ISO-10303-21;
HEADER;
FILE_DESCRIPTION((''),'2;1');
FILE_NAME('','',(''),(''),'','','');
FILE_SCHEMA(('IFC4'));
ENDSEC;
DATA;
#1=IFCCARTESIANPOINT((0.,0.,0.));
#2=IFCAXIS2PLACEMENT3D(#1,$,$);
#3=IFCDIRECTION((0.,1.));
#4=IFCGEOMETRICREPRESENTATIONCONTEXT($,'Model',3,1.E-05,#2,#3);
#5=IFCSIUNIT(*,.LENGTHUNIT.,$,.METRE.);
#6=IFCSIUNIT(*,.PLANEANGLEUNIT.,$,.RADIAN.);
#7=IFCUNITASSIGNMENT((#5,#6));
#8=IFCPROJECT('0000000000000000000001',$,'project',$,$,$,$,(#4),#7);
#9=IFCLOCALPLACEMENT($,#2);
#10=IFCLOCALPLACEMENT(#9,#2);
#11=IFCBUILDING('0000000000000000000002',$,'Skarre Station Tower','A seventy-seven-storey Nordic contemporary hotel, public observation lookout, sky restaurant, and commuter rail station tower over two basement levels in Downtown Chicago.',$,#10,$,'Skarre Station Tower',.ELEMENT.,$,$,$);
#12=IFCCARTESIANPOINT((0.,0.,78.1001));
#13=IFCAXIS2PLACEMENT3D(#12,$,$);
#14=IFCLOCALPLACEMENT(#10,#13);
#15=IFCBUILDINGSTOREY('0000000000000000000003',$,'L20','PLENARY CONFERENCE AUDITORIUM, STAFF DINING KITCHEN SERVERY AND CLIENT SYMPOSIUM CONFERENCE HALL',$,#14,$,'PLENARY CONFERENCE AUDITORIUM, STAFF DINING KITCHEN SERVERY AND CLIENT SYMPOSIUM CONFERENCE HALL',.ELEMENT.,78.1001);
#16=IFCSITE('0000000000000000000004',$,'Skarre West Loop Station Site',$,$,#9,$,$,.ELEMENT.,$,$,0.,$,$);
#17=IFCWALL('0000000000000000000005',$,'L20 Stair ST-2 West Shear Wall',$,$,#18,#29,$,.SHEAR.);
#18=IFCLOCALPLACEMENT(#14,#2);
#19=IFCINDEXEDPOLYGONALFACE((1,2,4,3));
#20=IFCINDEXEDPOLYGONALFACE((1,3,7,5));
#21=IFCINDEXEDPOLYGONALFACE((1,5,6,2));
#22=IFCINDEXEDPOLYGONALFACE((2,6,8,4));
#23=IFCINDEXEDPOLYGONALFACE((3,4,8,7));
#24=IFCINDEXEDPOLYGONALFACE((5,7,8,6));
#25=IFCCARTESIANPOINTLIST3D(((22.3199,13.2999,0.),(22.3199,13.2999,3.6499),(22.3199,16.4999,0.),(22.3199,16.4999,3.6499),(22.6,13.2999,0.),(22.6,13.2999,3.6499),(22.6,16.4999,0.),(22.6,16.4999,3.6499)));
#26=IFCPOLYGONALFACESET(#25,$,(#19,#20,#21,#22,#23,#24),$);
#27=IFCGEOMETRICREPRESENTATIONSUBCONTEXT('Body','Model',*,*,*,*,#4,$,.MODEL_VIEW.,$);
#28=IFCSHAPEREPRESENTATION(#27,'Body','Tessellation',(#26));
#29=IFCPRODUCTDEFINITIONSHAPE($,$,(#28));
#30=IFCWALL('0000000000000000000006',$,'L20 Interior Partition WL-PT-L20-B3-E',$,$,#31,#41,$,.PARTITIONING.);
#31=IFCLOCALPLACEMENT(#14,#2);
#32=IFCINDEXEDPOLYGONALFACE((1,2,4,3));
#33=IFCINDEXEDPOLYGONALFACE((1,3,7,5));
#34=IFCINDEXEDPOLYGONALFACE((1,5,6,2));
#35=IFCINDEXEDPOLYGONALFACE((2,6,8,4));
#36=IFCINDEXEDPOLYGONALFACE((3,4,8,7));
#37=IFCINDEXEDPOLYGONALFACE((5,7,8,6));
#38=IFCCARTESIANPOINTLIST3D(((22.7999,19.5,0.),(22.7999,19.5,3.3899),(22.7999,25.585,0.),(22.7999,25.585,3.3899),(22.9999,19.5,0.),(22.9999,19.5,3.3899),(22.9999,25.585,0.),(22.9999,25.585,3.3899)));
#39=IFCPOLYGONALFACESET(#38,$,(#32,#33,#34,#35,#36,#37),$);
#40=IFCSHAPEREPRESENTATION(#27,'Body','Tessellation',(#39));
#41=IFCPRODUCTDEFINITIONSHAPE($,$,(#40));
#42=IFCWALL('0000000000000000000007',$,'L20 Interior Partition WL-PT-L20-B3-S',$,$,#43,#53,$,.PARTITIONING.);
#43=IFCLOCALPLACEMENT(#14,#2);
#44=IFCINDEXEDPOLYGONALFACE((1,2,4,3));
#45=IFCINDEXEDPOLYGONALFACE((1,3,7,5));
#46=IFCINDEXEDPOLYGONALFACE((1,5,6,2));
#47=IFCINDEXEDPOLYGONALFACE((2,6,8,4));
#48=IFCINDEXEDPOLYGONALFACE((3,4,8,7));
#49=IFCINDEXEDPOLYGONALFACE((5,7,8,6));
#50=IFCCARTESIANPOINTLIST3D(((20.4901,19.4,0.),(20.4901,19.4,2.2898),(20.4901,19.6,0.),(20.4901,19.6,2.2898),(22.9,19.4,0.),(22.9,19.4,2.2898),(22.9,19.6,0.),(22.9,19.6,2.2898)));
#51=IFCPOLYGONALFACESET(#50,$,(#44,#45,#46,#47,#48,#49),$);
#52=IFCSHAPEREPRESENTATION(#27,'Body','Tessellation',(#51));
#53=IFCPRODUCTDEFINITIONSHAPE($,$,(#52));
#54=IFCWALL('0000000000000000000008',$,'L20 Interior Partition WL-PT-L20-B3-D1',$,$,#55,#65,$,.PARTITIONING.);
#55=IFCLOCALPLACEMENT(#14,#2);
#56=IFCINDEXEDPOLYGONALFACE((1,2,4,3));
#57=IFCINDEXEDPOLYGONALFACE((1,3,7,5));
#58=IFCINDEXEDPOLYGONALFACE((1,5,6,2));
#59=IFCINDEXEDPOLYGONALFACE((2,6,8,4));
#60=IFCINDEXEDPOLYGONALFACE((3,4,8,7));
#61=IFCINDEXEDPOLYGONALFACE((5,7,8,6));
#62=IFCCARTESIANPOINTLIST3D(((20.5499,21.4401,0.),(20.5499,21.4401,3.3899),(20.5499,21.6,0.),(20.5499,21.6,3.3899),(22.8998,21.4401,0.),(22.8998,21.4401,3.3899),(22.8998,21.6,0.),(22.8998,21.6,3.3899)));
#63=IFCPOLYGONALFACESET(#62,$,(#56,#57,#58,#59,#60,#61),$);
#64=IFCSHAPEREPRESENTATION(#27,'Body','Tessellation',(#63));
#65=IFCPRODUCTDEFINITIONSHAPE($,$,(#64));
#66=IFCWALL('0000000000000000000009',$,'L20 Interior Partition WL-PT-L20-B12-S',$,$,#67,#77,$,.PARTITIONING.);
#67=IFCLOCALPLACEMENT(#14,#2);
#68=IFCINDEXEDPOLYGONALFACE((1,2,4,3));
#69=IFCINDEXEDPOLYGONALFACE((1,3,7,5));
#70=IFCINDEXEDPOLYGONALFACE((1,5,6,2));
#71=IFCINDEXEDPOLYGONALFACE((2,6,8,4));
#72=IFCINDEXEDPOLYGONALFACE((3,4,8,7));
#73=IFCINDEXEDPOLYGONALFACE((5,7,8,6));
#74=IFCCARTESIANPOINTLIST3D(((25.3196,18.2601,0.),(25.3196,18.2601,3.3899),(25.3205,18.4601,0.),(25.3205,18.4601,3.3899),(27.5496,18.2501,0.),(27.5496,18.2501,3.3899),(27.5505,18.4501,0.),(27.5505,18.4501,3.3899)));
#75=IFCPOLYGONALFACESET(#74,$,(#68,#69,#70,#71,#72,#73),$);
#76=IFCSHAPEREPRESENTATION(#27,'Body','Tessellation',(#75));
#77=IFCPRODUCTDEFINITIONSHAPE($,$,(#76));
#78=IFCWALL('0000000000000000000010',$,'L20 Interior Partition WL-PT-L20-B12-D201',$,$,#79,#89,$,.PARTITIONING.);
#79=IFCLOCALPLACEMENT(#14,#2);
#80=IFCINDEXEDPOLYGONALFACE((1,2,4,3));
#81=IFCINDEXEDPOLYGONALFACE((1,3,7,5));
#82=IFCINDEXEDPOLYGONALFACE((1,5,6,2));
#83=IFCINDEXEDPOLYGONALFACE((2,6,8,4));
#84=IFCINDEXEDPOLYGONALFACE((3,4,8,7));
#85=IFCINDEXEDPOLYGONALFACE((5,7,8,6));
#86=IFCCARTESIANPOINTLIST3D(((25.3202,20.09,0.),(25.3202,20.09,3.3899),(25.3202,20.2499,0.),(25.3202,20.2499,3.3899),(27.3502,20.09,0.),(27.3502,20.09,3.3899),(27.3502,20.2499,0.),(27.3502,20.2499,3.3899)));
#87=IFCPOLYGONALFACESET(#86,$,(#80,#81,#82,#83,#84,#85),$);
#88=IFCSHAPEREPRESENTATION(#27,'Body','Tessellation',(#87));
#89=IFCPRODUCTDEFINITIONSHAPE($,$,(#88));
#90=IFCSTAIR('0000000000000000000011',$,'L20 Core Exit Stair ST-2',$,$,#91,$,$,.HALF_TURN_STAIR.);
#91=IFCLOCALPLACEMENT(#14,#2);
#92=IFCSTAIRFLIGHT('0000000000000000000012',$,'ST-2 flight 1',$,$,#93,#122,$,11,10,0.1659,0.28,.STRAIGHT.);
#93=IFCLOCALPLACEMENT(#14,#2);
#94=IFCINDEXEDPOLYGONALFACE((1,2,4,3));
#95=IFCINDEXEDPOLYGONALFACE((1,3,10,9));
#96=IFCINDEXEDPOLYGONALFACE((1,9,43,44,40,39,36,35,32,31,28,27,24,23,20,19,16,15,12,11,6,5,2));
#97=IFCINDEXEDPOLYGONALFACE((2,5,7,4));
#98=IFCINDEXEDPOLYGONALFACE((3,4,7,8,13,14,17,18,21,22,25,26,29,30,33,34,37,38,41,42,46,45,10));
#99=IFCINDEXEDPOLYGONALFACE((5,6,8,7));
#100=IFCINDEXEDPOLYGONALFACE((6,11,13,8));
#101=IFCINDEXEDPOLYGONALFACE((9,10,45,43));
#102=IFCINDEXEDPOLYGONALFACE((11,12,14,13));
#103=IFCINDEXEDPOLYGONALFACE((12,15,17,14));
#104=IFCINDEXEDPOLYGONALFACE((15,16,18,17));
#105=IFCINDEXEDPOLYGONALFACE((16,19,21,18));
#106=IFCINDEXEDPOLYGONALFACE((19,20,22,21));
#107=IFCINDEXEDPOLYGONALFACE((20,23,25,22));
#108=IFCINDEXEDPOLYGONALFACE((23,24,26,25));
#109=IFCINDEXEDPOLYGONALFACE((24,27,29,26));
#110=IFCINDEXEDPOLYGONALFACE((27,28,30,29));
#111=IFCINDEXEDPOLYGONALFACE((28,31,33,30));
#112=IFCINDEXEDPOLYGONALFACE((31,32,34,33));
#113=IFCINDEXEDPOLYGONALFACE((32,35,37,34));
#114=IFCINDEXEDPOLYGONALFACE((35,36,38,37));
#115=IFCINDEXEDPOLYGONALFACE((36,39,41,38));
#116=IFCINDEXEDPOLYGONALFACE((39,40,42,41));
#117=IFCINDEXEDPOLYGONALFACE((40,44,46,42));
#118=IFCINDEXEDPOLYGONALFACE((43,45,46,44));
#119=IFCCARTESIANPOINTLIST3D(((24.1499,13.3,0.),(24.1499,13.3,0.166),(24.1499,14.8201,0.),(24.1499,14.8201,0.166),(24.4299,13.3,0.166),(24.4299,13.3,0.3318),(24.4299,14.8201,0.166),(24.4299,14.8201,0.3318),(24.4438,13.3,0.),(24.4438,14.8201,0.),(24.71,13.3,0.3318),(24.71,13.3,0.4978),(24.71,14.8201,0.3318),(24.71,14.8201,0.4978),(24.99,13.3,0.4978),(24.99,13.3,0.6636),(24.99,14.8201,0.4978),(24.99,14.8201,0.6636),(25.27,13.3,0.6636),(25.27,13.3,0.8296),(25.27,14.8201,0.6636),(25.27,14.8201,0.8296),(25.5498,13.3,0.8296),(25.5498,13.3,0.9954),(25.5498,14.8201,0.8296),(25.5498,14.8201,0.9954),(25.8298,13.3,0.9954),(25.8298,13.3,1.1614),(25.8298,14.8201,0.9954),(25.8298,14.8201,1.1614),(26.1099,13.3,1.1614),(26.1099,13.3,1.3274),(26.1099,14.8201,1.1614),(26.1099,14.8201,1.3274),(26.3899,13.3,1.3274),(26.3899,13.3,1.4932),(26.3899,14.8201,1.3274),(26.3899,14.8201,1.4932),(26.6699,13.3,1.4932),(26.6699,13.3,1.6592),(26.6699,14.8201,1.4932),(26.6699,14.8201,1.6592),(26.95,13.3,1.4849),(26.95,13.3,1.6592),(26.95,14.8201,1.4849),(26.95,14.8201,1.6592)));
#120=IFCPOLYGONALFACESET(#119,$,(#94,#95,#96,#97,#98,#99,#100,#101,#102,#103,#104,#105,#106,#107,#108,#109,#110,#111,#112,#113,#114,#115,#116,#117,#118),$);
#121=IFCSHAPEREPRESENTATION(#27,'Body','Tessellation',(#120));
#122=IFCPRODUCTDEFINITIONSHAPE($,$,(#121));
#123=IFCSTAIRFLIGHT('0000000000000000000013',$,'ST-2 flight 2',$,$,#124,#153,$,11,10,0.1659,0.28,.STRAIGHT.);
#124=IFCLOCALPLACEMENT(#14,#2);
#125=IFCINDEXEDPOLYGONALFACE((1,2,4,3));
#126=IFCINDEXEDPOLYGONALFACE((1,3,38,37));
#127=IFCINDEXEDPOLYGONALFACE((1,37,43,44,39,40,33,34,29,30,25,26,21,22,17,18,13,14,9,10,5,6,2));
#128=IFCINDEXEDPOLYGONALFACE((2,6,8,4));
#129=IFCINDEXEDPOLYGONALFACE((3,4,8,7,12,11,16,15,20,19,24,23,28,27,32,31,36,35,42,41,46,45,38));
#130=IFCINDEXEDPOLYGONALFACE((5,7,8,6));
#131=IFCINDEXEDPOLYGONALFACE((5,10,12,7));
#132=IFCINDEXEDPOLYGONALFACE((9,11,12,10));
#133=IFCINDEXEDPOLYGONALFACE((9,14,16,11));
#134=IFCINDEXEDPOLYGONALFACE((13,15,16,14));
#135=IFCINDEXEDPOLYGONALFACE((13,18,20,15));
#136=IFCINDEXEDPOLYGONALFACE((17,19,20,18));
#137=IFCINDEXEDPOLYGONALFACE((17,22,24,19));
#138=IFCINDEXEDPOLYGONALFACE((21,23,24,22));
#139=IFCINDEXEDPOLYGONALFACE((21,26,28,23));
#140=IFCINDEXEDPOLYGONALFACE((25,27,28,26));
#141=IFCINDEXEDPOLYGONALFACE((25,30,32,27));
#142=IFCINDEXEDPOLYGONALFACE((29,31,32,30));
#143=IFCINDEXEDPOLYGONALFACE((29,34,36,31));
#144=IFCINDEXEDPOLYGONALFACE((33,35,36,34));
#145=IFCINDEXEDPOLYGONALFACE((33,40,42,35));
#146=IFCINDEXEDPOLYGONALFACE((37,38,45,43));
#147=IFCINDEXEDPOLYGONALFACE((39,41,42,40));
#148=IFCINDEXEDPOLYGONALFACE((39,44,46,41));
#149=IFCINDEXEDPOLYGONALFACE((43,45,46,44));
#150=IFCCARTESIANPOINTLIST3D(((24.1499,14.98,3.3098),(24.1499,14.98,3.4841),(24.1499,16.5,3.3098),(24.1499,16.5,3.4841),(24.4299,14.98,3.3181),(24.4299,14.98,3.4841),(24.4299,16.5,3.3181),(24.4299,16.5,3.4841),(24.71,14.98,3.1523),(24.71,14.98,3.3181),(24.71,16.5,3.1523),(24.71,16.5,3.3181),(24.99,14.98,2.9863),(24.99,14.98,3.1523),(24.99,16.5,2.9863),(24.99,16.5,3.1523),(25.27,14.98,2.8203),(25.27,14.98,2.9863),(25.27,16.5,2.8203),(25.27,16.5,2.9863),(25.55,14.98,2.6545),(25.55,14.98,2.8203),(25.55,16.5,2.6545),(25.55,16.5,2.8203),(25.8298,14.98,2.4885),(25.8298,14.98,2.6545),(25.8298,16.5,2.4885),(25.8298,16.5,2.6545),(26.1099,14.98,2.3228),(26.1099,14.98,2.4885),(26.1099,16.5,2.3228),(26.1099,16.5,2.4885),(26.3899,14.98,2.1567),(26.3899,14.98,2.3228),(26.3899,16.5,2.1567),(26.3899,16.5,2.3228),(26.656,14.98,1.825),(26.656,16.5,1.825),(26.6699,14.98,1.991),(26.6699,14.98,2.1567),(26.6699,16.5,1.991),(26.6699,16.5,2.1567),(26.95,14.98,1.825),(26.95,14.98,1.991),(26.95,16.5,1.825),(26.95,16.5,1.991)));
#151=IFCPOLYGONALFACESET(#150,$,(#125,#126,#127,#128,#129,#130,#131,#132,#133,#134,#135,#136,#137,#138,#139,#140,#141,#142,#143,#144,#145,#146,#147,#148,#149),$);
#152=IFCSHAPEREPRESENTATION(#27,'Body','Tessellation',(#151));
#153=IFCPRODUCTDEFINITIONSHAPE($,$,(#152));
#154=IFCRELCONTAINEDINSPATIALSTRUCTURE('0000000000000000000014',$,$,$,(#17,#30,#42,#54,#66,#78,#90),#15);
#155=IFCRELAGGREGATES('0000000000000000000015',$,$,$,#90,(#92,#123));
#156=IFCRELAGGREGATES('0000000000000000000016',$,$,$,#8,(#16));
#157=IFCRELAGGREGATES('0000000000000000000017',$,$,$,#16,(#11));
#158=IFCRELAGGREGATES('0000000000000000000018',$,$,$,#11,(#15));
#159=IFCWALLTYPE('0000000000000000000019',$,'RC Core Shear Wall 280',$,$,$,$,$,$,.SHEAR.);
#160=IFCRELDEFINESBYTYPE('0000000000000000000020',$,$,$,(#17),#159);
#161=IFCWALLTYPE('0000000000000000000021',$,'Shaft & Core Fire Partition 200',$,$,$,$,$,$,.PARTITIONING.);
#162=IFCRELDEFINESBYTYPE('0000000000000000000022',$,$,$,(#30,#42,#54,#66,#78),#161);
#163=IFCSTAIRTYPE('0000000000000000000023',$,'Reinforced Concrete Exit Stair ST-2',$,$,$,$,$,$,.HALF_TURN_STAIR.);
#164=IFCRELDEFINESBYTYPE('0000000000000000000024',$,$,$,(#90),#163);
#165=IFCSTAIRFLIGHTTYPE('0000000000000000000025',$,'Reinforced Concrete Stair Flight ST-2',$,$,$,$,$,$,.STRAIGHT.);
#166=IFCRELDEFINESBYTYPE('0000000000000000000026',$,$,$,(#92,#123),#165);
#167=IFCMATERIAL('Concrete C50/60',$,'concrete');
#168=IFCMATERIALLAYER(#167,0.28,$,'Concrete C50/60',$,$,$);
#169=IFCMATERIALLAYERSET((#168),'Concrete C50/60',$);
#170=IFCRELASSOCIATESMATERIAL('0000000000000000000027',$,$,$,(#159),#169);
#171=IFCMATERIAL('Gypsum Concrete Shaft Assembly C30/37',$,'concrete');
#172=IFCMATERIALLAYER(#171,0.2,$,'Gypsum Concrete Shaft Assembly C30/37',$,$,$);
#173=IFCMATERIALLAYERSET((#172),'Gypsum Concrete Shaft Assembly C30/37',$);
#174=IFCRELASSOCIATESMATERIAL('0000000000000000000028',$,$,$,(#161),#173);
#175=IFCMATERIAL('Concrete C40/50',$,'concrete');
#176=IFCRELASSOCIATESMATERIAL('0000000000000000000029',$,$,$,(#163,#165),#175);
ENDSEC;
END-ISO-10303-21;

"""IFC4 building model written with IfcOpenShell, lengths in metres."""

from ifc_helpers import new_model, si_unit, direction, frame, frame_2d, origin, place, context, subcontext, project, spatial, polyline, rectangle, outline, extrude, material, layer, layer_set, type_object, element, aggregate, save


model = new_model("IFC4")

# Units and contexts
model_context = context("Model", 3, precision=1e-05, world=origin(), true_north=direction((0.0, 1.0)))
body_context = subcontext(model_context, "Body", "Model", "MODEL_VIEW")
ifc_project = project(units=[si_unit("LENGTHUNIT", "METRE"), si_unit("PLANEANGLEUNIT", "RADIAN")], contexts=[model_context])

# Site, building, storey
site_placement = place(None, origin())
site = spatial("IfcSite", under=ifc_project, at=site_placement, Name="Skarre West Loop Station Site", CompositionType="ELEMENT", RefElevation=0.0)
building_placement = place(site_placement, origin())
building = spatial("IfcBuilding", under=site, at=building_placement, Name="Skarre Station Tower", Description="A seventy-seven-storey Nordic contemporary hotel, public observation lookout, sky restaurant, and commuter rail station tower over two basement levels in Downtown Chicago.", LongName="Skarre Station Tower", CompositionType="ELEMENT")
storey_placement = place(building_placement, frame((0.0, 0.0, 78.1001)))
storey = spatial("IfcBuildingStorey", under=building, at=storey_placement, Name="L20", Description="PLENARY CONFERENCE AUDITORIUM, STAFF DINING KITCHEN SERVERY AND CLIENT SYMPOSIUM CONFERENCE HALL", LongName="PLENARY CONFERENCE AUDITORIUM, STAFF DINING KITCHEN SERVERY AND CLIENT SYMPOSIUM CONFERENCE HALL", CompositionType="ELEMENT", Elevation=78.1001)

# Shared definitions
ifc_material_1 = material(Name="Concrete C50/60", Category="concrete")
ifc_layer_1 = layer(ifc_material_1, 0.28, Name="Concrete C50/60")
ifc_layer_set_1 = layer_set([ifc_layer_1], Name="Concrete C50/60")
wall_type_1 = type_object("IfcWallType", Name="RC Core Shear Wall 280", PredefinedType="SHEAR", material=ifc_layer_set_1)

# Walls
wall_1_placement = place(storey_placement, frame((22.46, 16.5, 0.0), z_axis=(0.0, 0.0, 1.0), x_axis=(0.0, -1.0, 0.0)))
element("IfcWall", 1, at=wall_1_placement, inside=storey, type_object=wall_type_1, Name="L20 Stair ST-2 West Shear Wall", PredefinedType="SHEAR", context=body_context, shape_type="SweptSolid", body=[
    extrude(rectangle(XDim=3.2, YDim=0.28, at=frame_2d((1.6001, 0.0))), origin(), (0.0, 0.0, 1.0), 3.6499),
])
ifc_material_2 = material(Name="Gypsum Concrete Shaft Assembly C30/37", Category="concrete")
ifc_layer_2 = layer(ifc_material_2, 0.2, Name="Gypsum Concrete Shaft Assembly C30/37")
ifc_layer_set_2 = layer_set([ifc_layer_2], Name="Gypsum Concrete Shaft Assembly C30/37")
wall_type_2 = type_object("IfcWallType", Name="Shaft & Core Fire Partition 200", PredefinedType="PARTITIONING", material=ifc_layer_set_2)
wall_2_placement = place(storey_placement, frame((22.8999, 19.5, 0.0), z_axis=(0.0, 0.0, 1.0), x_axis=(0.0, 1.0, 0.0)))
element("IfcWall", 2, at=wall_2_placement, inside=storey, type_object=wall_type_2, Name="L20 Interior Partition WL-PT-L20-B3-E", PredefinedType="PARTITIONING", context=body_context, shape_type="SweptSolid", body=[
    extrude(rectangle(XDim=6.085, YDim=0.2, at=frame_2d((3.0425, 0.0))), origin(), (0.0, 0.0, 1.0), 3.3899),
])
wall_3_placement = place(storey_placement, frame((20.49, 19.5, 0.0), z_axis=(0.0, 0.0, 1.0), x_axis=(1.0, 0.0, 0.0)))
element("IfcWall", 3, at=wall_3_placement, inside=storey, type_object=wall_type_2, Name="L20 Interior Partition WL-PT-L20-B3-S", PredefinedType="PARTITIONING", context=body_context, shape_type="SweptSolid", body=[
    extrude(rectangle(XDim=2.4099, YDim=0.2, at=frame_2d((1.2051, 0.0))), origin(), (0.0, 0.0, 1.0), 2.2898),
])
wall_4_placement = place(storey_placement, frame((20.55, 21.52, 0.0), z_axis=(0.0, 0.0, 1.0), x_axis=(1.0, 0.0, 0.0)))
element("IfcWall", 4, at=wall_4_placement, inside=storey, type_object=wall_type_2, Name="L20 Interior Partition WL-PT-L20-B3-D1", PredefinedType="PARTITIONING", context=body_context, shape_type="SweptSolid", body=[
    extrude(rectangle(XDim=2.3499, YDim=0.1599, at=frame_2d((1.1748, 0.0))), origin(), (0.0, 0.0, 1.0), 3.3899),
])
wall_5_placement = place(storey_placement, frame((25.3201, 18.3601, 0.0), z_axis=(0.0, 0.0, 1.0), x_axis=(0.99999, -0.004489, 0.0)))
element("IfcWall", 5, at=wall_5_placement, inside=storey, type_object=wall_type_2, Name="L20 Interior Partition WL-PT-L20-B12-S", PredefinedType="PARTITIONING", context=body_context, shape_type="SweptSolid", body=[
    extrude(rectangle(XDim=2.23, YDim=0.2, at=frame_2d((1.115, 0.0))), origin(), (0.0, 0.0, 1.0), 3.3899),
])
wall_6_placement = place(storey_placement, frame((25.3201, 20.1699, 0.0), z_axis=(0.0, 0.0, 1.0), x_axis=(1.0, 0.0, 0.0)))
element("IfcWall", 6, at=wall_6_placement, inside=storey, type_object=wall_type_2, Name="L20 Interior Partition WL-PT-L20-B12-D201", PredefinedType="PARTITIONING", context=body_context, shape_type="SweptSolid", body=[
    extrude(rectangle(XDim=2.03, YDim=0.1599, at=frame_2d((1.0151, 0.0))), origin(), (0.0, 0.0, 1.0), 3.3899),
])

# Stair, stair flights
ifc_material_3 = material(Name="Concrete C40/50", Category="concrete")
stair_type = type_object("IfcStairType", Name="Reinforced Concrete Exit Stair ST-2", PredefinedType="HALF_TURN_STAIR", material=ifc_material_3)
stair_placement = place(storey_placement, origin())
stair = element("IfcStair", 7, at=stair_placement, inside=storey, type_object=stair_type, Name="L20 Core Exit Stair ST-2", PredefinedType="HALF_TURN_STAIR")
stair_flight_type = type_object("IfcStairFlightType", Name="Reinforced Concrete Stair Flight ST-2", PredefinedType="STRAIGHT", material=ifc_material_3)
stair_flight_1_placement = place(storey_placement, frame((24.1499, 14.0601, 0.0), z_axis=(0.0, 0.0, 1.0), x_axis=(1.0, 0.0, 0.0)))
stair_flight_1 = element("IfcStairFlight", 8, at=stair_flight_1_placement, type_object=stair_flight_type, Name="ST-2 flight 1", NumberOfRisers=11, NumberOfTreads=10, PredefinedType="STRAIGHT", RiserHeight=0.1659, TreadLength=0.28, context=body_context, shape_type="SweptSolid", body=[
    extrude(outline(polyline([(0.0, 0.0), (0.0, 0.166), (0.28, 0.166), (0.28, 0.3318), (0.5601, 0.3318), (0.5601, 0.4978), (0.8401, 0.4978), (0.8401, 0.6636), (1.1201, 0.6636), (1.1201, 0.8296), (1.3999, 0.8296), (1.3999, 0.9954), (1.6799, 0.9954), (1.6799, 1.1614), (1.96, 1.1614), (1.96, 1.3274), (2.24, 1.3274), (2.24, 1.4932), (2.52, 1.4932), (2.52, 1.6592), (2.8, 1.6592), (2.8, 1.825), (2.8, 1.4849), (0.2939, 0.0), (0.0, 0.0)])), frame((0.0, 0.76, 0.0), z_axis=(0.0, -1.0, 0.0), x_axis=(1.0, 0.0, 0.0)), (0.0, 0.0, 1.0), 1.52),
])
stair_flight_2_placement = place(storey_placement, frame((26.95, 15.74, 1.825), z_axis=(0.0, 0.0, 1.0), x_axis=(-1.0, 0.0, 0.0)))
stair_flight_2 = element("IfcStairFlight", 9, at=stair_flight_2_placement, type_object=stair_flight_type, Name="ST-2 flight 2", NumberOfRisers=11, NumberOfTreads=10, PredefinedType="STRAIGHT", RiserHeight=0.1659, TreadLength=0.28, context=body_context, shape_type="SweptSolid", body=[
    extrude(outline(polyline([(0.0, 0.0), (0.0, 0.166), (0.28, 0.166), (0.28, 0.3318), (0.5601, 0.3318), (0.5601, 0.4978), (0.8401, 0.4978), (0.8401, 0.6636), (1.1201, 0.6636), (1.1201, 0.8296), (1.3999, 0.8296), (1.3999, 0.9954), (1.6799, 0.9954), (1.6799, 1.1614), (1.96, 1.1614), (1.96, 1.3274), (2.24, 1.3274), (2.24, 1.4932), (2.52, 1.4932), (2.52, 1.6592), (2.8, 1.6592), (2.8, 1.825), (2.8, 1.4849), (0.2939, 0.0), (0.0, 0.0)])), frame((0.0, 0.76, 0.0), z_axis=(0.0, -1.0, 0.0), x_axis=(1.0, 0.0, 0.0)), (0.0, 0.0, 1.0), 1.52),
])
aggregate(stair, [stair_flight_1, stair_flight_2])

save(model, "model.ifc")
